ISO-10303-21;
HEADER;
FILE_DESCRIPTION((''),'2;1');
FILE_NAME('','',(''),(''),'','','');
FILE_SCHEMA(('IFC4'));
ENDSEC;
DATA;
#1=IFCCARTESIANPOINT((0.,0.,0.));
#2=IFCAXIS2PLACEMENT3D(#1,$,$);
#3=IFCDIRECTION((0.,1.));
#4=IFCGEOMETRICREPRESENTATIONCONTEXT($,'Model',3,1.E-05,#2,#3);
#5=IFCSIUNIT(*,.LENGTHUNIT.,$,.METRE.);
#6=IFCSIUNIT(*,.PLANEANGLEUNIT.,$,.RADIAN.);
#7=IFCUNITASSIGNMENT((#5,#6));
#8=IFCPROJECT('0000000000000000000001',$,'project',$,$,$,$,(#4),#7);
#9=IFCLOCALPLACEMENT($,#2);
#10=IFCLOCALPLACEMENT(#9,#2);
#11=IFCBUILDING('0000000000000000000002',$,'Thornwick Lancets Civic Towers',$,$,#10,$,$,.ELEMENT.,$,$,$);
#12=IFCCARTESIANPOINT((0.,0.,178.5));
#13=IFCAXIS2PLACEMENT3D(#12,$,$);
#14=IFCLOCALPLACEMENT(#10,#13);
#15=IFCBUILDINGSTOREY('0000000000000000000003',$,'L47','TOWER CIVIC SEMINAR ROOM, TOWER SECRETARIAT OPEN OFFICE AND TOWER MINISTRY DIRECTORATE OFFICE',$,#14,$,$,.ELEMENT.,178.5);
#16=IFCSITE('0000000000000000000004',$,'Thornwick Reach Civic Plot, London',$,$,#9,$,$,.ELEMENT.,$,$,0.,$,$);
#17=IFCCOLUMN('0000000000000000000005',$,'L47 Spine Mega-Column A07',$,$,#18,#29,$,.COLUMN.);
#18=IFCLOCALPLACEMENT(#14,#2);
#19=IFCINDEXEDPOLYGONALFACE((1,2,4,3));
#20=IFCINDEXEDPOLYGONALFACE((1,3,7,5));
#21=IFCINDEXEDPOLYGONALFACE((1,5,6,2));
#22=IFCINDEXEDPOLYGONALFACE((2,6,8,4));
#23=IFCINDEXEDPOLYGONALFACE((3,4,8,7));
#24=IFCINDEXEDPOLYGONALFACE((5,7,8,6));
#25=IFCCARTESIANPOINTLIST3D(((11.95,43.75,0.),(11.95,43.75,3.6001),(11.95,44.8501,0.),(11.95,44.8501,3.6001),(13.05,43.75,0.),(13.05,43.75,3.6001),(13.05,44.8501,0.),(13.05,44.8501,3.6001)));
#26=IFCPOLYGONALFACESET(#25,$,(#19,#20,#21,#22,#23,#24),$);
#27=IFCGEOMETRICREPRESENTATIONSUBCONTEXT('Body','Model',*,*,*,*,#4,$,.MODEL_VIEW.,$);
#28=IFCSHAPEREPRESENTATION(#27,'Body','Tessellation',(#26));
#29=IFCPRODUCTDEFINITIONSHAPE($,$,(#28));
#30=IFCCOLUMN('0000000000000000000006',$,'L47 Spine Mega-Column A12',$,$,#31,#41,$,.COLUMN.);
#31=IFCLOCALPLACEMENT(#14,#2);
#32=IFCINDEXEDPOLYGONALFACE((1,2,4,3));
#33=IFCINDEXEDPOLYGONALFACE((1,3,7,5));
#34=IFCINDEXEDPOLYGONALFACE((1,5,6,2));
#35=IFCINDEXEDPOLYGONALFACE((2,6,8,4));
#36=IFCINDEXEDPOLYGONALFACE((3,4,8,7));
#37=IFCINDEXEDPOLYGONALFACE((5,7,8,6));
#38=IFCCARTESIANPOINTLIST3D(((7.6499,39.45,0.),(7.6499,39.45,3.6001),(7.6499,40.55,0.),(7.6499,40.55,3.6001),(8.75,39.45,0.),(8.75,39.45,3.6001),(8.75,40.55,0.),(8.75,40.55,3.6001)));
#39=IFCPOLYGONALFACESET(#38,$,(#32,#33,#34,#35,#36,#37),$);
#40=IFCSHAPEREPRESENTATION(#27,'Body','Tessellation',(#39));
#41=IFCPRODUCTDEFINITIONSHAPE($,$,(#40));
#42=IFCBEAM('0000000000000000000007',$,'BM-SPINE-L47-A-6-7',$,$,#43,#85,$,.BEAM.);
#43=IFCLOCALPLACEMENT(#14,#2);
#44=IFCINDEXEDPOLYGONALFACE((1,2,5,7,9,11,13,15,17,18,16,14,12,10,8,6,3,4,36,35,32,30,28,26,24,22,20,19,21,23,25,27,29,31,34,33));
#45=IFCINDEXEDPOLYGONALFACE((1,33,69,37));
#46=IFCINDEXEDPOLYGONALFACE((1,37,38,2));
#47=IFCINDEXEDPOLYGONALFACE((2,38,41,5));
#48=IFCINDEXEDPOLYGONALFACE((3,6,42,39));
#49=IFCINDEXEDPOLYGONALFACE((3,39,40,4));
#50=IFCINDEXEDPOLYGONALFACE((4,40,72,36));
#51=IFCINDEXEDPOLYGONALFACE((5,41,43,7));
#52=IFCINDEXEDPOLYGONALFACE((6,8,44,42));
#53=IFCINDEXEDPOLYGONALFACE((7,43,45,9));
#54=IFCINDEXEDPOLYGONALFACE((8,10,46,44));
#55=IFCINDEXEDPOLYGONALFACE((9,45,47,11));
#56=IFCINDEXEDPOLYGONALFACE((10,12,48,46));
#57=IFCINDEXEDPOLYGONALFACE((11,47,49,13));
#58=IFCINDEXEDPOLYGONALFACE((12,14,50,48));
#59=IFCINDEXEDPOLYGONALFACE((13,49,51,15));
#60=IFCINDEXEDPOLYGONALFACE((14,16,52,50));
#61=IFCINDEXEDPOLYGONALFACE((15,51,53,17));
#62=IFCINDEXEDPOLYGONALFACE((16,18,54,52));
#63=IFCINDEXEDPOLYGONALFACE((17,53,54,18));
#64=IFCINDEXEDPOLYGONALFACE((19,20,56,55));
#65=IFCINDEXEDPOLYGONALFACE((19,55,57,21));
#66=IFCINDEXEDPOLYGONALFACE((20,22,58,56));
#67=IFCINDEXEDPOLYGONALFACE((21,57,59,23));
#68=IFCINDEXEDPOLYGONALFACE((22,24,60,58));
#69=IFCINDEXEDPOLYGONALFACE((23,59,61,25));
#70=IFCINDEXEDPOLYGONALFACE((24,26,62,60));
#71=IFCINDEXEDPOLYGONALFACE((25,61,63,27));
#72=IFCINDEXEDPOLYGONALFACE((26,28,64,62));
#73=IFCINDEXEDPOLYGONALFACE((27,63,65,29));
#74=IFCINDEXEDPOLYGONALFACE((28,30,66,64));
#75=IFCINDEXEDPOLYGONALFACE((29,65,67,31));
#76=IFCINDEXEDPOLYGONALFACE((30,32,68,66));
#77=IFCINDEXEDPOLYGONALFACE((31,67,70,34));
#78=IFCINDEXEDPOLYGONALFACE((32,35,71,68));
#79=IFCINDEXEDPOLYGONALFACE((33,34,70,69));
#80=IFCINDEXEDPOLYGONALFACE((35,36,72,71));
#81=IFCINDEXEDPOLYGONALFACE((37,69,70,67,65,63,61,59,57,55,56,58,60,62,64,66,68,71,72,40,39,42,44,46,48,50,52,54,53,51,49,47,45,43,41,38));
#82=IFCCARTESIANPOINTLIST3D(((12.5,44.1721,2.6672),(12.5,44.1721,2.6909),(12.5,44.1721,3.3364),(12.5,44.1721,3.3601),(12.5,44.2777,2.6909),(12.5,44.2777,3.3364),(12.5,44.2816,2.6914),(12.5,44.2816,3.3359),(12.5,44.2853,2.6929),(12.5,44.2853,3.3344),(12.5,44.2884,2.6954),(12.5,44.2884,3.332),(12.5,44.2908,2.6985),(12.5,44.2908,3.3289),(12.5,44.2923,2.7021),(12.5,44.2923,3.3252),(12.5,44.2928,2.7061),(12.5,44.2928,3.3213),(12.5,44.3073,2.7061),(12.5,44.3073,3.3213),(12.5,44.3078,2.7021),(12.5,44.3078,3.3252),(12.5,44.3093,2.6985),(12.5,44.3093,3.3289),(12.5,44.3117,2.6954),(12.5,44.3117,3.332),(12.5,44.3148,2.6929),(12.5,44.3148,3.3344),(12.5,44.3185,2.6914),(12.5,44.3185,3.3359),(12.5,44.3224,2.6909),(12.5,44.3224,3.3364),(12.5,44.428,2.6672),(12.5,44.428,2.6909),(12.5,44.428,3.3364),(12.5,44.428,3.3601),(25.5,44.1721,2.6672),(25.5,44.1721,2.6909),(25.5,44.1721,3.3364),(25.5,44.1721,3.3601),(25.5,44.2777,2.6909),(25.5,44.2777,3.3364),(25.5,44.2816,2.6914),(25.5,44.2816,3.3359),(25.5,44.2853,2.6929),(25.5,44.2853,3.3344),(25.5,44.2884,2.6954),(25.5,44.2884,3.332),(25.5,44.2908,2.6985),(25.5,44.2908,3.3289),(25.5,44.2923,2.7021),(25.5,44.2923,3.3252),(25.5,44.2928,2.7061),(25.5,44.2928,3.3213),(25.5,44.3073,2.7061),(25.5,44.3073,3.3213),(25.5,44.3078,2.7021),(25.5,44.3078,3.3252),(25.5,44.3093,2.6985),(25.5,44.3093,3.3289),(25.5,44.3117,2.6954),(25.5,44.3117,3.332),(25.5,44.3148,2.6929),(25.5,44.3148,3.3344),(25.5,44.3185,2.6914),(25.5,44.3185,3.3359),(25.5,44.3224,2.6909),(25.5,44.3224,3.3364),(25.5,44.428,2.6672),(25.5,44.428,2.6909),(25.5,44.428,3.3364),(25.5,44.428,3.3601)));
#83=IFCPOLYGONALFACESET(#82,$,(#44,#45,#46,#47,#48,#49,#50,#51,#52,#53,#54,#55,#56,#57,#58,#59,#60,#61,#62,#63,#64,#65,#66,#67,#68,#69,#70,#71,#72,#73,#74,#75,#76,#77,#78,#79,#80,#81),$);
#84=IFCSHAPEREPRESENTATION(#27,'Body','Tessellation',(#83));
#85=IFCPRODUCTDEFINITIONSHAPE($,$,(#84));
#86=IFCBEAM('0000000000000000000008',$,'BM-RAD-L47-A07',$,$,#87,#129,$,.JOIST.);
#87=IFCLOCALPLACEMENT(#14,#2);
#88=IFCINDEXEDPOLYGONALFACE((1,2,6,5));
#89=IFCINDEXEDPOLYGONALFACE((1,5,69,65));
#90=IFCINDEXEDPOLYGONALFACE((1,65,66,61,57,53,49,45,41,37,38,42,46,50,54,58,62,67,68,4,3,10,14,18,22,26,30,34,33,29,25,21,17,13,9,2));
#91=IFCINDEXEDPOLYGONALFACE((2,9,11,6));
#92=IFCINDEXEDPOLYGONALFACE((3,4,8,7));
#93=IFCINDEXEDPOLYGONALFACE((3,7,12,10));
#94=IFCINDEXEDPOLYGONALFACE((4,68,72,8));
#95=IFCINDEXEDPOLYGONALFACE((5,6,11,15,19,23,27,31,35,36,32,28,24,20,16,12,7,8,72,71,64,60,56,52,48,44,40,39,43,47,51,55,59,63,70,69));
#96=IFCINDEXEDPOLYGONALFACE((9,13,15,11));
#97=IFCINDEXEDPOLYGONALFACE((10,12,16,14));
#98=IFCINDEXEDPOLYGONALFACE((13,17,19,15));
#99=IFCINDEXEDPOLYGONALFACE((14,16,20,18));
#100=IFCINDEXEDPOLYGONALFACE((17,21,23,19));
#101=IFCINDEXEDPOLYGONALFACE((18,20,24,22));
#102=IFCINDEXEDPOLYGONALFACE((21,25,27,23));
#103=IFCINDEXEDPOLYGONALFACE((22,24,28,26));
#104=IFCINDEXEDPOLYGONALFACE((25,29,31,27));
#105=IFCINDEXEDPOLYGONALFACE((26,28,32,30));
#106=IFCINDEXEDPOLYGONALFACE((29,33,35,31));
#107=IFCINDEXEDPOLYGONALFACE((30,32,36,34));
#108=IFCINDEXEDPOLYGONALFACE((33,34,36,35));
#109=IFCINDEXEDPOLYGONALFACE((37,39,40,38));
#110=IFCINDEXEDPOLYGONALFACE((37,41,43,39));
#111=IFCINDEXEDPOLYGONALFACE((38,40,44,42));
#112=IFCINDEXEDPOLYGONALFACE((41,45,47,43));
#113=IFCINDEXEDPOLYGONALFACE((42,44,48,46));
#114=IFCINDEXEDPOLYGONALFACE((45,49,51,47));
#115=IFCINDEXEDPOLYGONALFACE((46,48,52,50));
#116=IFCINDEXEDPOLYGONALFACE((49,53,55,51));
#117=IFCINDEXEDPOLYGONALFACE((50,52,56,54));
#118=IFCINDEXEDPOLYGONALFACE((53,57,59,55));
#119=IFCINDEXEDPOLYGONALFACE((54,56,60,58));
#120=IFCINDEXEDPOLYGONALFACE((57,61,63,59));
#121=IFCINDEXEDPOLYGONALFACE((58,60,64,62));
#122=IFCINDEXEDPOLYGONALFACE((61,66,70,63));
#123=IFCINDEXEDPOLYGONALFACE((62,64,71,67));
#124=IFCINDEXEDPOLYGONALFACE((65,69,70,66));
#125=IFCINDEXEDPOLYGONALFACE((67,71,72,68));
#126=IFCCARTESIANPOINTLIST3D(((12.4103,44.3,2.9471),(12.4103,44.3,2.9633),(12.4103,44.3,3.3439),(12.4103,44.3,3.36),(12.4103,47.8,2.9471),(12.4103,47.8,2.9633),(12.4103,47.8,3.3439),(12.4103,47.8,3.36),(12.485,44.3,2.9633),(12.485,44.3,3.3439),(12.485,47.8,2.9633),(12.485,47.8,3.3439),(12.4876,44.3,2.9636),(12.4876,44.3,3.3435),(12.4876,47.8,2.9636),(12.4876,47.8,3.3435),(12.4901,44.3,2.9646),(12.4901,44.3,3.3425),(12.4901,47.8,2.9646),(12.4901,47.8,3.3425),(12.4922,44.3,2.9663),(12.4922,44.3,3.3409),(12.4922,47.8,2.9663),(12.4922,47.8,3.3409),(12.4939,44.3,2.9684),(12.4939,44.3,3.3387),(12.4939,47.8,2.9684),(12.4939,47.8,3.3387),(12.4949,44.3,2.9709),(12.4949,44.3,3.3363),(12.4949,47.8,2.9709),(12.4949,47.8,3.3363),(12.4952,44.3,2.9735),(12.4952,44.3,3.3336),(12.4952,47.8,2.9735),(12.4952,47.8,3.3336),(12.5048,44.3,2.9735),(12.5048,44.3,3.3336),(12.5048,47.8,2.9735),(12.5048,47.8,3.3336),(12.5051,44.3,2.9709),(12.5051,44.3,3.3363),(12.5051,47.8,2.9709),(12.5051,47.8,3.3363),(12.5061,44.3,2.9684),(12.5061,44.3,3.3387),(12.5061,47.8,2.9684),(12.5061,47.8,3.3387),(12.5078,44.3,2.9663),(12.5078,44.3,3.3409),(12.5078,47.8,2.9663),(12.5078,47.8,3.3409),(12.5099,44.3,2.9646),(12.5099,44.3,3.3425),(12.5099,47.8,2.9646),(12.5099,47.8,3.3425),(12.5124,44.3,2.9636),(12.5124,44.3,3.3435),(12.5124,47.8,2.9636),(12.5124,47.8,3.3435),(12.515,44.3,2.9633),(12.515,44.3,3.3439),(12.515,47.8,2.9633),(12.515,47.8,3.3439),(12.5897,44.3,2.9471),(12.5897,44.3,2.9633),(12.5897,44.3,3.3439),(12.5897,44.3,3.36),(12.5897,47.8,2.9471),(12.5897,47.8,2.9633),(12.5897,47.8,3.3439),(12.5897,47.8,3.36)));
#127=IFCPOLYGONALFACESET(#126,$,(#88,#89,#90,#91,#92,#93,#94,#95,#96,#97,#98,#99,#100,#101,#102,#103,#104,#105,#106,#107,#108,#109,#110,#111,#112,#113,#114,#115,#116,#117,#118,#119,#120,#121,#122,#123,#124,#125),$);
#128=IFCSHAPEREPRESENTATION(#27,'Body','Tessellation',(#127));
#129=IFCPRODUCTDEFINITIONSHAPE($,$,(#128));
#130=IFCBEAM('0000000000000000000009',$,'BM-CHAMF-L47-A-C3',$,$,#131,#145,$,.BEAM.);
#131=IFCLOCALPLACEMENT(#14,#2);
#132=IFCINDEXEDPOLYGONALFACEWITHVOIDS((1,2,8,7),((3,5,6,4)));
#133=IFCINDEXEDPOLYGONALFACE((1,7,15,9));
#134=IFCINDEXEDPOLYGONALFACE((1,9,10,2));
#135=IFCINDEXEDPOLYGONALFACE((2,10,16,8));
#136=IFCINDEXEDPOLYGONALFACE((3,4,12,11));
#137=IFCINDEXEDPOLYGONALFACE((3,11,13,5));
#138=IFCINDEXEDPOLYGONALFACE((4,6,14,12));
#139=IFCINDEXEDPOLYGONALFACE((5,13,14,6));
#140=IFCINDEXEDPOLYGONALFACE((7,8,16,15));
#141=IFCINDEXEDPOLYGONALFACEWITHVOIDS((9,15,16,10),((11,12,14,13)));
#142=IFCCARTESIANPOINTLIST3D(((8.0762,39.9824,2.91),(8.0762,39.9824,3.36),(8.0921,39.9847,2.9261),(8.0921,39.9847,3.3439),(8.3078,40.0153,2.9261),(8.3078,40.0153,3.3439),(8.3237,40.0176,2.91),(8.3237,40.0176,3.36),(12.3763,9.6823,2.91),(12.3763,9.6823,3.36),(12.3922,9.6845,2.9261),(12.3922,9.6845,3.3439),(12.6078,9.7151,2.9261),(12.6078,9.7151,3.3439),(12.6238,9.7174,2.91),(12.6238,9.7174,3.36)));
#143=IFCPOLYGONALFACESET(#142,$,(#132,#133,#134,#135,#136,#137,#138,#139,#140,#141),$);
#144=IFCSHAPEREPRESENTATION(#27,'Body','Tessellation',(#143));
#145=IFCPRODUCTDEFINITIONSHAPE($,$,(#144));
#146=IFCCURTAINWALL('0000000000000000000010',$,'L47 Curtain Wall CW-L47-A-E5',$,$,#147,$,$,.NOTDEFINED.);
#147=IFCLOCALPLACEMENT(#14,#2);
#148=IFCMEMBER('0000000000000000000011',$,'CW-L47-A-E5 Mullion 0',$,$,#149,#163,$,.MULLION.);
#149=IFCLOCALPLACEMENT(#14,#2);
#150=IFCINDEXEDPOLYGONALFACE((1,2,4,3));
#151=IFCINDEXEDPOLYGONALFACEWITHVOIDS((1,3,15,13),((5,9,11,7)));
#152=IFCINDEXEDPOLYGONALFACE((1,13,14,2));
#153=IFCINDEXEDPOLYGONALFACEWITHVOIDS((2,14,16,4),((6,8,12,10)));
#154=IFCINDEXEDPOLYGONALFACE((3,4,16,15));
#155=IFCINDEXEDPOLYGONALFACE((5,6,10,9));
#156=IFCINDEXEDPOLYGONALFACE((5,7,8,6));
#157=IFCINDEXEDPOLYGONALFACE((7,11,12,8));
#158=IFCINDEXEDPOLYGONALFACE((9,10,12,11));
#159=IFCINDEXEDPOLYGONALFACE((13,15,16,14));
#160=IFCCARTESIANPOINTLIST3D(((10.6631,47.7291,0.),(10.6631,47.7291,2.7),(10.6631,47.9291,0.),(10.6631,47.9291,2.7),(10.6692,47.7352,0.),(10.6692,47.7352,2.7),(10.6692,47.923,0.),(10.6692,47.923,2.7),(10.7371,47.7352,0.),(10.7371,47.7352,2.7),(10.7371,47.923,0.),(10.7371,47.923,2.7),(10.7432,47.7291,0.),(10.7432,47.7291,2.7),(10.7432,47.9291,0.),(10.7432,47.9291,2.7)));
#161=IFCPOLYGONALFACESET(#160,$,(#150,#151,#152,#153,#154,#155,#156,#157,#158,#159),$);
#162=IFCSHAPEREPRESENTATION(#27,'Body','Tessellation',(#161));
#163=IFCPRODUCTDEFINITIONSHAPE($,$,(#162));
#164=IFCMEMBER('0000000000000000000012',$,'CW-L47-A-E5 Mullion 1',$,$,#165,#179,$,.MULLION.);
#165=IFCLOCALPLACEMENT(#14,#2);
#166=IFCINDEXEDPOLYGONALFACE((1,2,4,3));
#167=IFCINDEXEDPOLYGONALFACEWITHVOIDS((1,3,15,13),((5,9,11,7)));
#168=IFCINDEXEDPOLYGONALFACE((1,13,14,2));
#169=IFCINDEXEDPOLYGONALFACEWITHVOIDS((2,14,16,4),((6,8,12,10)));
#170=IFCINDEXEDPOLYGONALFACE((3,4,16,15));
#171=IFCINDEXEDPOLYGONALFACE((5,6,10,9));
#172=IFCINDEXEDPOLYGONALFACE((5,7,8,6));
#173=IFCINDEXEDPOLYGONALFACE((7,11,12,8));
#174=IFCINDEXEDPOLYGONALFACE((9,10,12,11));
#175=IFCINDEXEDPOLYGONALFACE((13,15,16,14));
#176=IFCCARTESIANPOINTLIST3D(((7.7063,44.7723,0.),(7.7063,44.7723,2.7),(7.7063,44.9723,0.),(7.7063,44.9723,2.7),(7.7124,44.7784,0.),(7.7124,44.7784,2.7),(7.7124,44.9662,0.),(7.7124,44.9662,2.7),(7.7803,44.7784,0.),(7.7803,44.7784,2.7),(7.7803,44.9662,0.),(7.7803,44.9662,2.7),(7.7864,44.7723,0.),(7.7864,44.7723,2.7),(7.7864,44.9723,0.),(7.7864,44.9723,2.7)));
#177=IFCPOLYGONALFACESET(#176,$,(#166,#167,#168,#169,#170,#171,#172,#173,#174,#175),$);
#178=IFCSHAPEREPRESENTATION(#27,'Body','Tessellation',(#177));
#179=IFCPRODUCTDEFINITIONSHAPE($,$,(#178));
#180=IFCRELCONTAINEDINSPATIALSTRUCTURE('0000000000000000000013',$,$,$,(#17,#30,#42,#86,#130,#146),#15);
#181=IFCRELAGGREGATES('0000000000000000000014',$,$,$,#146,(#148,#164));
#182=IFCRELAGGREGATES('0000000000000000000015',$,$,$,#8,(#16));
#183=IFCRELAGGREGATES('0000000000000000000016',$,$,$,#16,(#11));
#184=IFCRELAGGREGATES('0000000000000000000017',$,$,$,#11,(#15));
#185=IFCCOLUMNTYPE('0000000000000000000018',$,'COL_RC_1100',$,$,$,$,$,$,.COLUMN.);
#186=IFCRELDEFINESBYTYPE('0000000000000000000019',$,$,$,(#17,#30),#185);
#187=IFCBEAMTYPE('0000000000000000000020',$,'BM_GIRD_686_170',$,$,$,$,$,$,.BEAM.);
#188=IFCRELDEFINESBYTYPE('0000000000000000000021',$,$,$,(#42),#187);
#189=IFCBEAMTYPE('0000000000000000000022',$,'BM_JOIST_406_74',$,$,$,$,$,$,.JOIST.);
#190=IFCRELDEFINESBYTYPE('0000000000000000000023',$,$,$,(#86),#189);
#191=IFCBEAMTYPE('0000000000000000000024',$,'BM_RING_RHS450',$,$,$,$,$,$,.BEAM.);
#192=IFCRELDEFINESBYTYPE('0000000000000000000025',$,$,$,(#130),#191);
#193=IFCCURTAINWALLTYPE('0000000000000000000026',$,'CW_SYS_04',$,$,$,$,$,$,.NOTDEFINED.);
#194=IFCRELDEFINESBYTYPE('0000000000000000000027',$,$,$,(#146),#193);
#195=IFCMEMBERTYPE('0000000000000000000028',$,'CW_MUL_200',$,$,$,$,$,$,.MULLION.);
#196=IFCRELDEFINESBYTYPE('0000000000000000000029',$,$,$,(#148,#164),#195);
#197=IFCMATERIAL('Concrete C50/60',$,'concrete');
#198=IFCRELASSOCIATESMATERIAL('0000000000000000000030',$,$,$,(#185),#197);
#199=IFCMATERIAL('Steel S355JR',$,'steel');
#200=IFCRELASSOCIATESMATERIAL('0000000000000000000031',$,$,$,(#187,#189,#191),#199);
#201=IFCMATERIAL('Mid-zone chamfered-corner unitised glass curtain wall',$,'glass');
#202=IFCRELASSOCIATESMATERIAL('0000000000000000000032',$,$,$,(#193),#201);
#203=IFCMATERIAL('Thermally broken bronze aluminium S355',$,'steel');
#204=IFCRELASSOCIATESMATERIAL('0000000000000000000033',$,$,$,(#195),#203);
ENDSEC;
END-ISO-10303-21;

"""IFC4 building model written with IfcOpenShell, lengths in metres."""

from ifc_helpers import new_model, si_unit, direction, frame, origin, origin_2d, place, context, subcontext, project, spatial, rectangle, hollow_rectangle, i_section, extrude, material, material_profile, profile_set, type_object, element, aggregate, save


model = new_model("IFC4")

# Units and contexts
model_context = context("Model", 3, precision=1e-05, world=origin(), true_north=direction((0.0, 1.0)))
body_context = subcontext(model_context, "Body", "Model", "MODEL_VIEW")
ifc_project = project(units=[si_unit("LENGTHUNIT", "METRE"), si_unit("PLANEANGLEUNIT", "RADIAN")], contexts=[model_context])

# Site, building, storey
site_placement = place(None, origin())
site = spatial("IfcSite", under=ifc_project, at=site_placement, Name="Thornwick Reach Civic Plot, London", CompositionType="ELEMENT", RefElevation=0.0)
building_placement = place(site_placement, origin())
building = spatial("IfcBuilding", under=site, at=building_placement, Name="Thornwick Lancets Civic Towers", CompositionType="ELEMENT")
storey_placement = place(building_placement, frame((0.0, 0.0, 178.5)))
storey = spatial("IfcBuildingStorey", under=building, at=storey_placement, Name="L47", Description="TOWER CIVIC SEMINAR ROOM, TOWER SECRETARIAT OPEN OFFICE AND TOWER MINISTRY DIRECTORATE OFFICE", CompositionType="ELEMENT", Elevation=178.5)

# Columns
ifc_material_1 = material(Name="Concrete C50/60", Category="concrete")
ifc_material_profile_1 = material_profile(ifc_material_1, rectangle(XDim=1.1001, YDim=1.1001, at=origin_2d()), Name="RC 1100x1100")
ifc_profile_set_1 = profile_set([ifc_material_profile_1], Name="Concrete C50/60")
column_type = type_object("IfcColumnType", Name="COL_RC_1100", PredefinedType="COLUMN", material=ifc_profile_set_1)
for number, where, z_axis, x_axis, name in (
    (1, (12.5, 44.3, 0.0), (0.0, 0.0, 1.0), (1.0, 0.0, 0.0), "L47 Spine Mega-Column A07"),
    (2, (8.2, 40.0, 0.0), (0.0, 0.0, 1.0), (1.0, 0.0, 0.0), "L47 Spine Mega-Column A12"),
):
    element("IfcColumn", number, at=place(storey_placement, frame(where, z_axis=z_axis, x_axis=x_axis)), inside=storey, type_object=column_type, Name=name, PredefinedType="COLUMN", context=body_context, shape_type="SweptSolid", body=[
        extrude(rectangle(XDim=1.1001, YDim=1.1001, at=origin_2d()), origin(), (0.0, 0.0, 1.0), 3.6001),
    ])

# Beams
ifc_material_2 = material(Name="Steel S355JR", Category="steel")
ifc_material_profile_2 = material_profile(ifc_material_2, i_section(OverallWidth=0.2559, OverallDepth=0.6929, WebThickness=0.0144, FlangeThickness=0.0237, FilletRadius=0.0151, at=origin_2d()), Name="UKB 686x254x170")
ifc_profile_set_2 = profile_set([ifc_material_profile_2], Name="Steel S355JR")
beam_type_1 = type_object("IfcBeamType", Name="BM_GIRD_686_170", PredefinedType="BEAM", material=ifc_profile_set_2)
beam_1_placement = place(storey_placement, frame((12.5, 44.3, 3.0137), z_axis=(1.0, 0.0, 0.0), x_axis=(0.0, 1.0, 0.0)))
element("IfcBeam", 3, at=beam_1_placement, inside=storey, type_object=beam_type_1, Name="BM-SPINE-L47-A-6-7", PredefinedType="BEAM", context=body_context, shape_type="SweptSolid", body=[
    extrude(i_section(OverallWidth=0.2559, OverallDepth=0.6929, WebThickness=0.0144, FlangeThickness=0.0237, FilletRadius=0.0151, at=origin_2d()), origin(), (0.0, 0.0, 1.0), 13.0),
])
ifc_material_profile_3 = material_profile(ifc_material_2, i_section(OverallWidth=0.1794, OverallDepth=0.4128, WebThickness=0.0095, FlangeThickness=0.0161, FilletRadius=0.0103, at=origin_2d()), Name="UKB 406x178x74")
ifc_profile_set_3 = profile_set([ifc_material_profile_3], Name="Steel S355JR")
beam_type_2 = type_object("IfcBeamType", Name="BM_JOIST_406_74", PredefinedType="JOIST", material=ifc_profile_set_3)
beam_2_placement = place(storey_placement, frame((12.5, 44.3, 3.1536), z_axis=(0.0, 1.0, 0.0), x_axis=(-1.0, 0.0, 0.0)))
element("IfcBeam", 4, at=beam_2_placement, inside=storey, type_object=beam_type_2, Name="BM-RAD-L47-A07", PredefinedType="JOIST", context=body_context, shape_type="SweptSolid", body=[
    extrude(i_section(OverallWidth=0.1794, OverallDepth=0.4128, WebThickness=0.0095, FlangeThickness=0.0161, FilletRadius=0.0103, at=origin_2d()), origin(), (0.0, 0.0, 1.0), 3.5),
])
ifc_material_profile_4 = material_profile(ifc_material_2, hollow_rectangle(XDim=0.25, YDim=0.45, WallThickness=0.0161, at=origin_2d()), Name="RHS 450x250x16")
ifc_profile_set_4 = profile_set([ifc_material_profile_4], Name="Steel S355JR")
beam_type_3 = type_object("IfcBeamType", Name="BM_RING_RHS450", PredefinedType="BEAM", material=ifc_profile_set_4)
beam_3_placement = place(storey_placement, frame((8.2, 40.0, 3.135), z_axis=(0.140508, -0.99008, 0.0), x_axis=(0.99008, 0.140508, 0.0)))
element("IfcBeam", 5, at=beam_3_placement, inside=storey, type_object=beam_type_3, Name="BM-CHAMF-L47-A-C3", PredefinedType="BEAM", context=body_context, shape_type="SweptSolid", body=[
    extrude(hollow_rectangle(XDim=0.25, YDim=0.45, WallThickness=0.0161, at=origin_2d()), origin(), (0.0, 0.0, 1.0), 30.6038),
])

# Curtain wall, members
ifc_material_3 = material(Name="Mid-zone chamfered-corner unitised glass curtain wall", Category="glass")
curtain_wall_type = type_object("IfcCurtainWallType", Name="CW_SYS_04", PredefinedType="NOTDEFINED", material=ifc_material_3)
curtain_wall_placement = place(storey_placement, origin())
curtain_wall = element("IfcCurtainWall", 6, at=curtain_wall_placement, inside=storey, type_object=curtain_wall_type, Name="L47 Curtain Wall CW-L47-A-E5", PredefinedType="NOTDEFINED")
ifc_material_4 = material(Name="Thermally broken bronze aluminium S355", Category="steel")
ifc_material_profile_5 = material_profile(ifc_material_4, hollow_rectangle(XDim=0.0801, YDim=0.2, WallThickness=0.0061, at=origin_2d()), Name="RHS 200x80x6")
ifc_profile_set_5 = profile_set([ifc_material_profile_5], Name="Thermally broken bronze aluminium S355")
member_type_1 = type_object("IfcMemberType", Name="CW_MUL_200", PredefinedType="MULLION", material=ifc_profile_set_5)
member_1_placement = place(storey_placement, frame((10.7031, 47.8291, 0.0), z_axis=(0.0, 0.0, 1.0), x_axis=(1.0, 0.0, 0.0)))
member_1 = element("IfcMember", 7, at=member_1_placement, type_object=member_type_1, Name="CW-L47-A-E5 Mullion 0", PredefinedType="MULLION", context=body_context, shape_type="SweptSolid", body=[
    extrude(hollow_rectangle(XDim=0.0801, YDim=0.2, WallThickness=0.0061, at=origin_2d()), origin(), (0.0, 0.0, 1.0), 2.7),
])
member_2_placement = place(storey_placement, frame((7.7463, 44.8723, 0.0), z_axis=(0.0, 0.0, 1.0), x_axis=(1.0, 0.0, 0.0)))
member_2 = element("IfcMember", 8, at=member_2_placement, type_object=member_type_1, Name="CW-L47-A-E5 Mullion 1", PredefinedType="MULLION", context=body_context, shape_type="SweptSolid", body=[
    extrude(hollow_rectangle(XDim=0.0801, YDim=0.2, WallThickness=0.0061, at=origin_2d()), origin(), (0.0, 0.0, 1.0), 2.7),
])
aggregate(curtain_wall, [member_1, member_2])

save(model, "model.ifc")
